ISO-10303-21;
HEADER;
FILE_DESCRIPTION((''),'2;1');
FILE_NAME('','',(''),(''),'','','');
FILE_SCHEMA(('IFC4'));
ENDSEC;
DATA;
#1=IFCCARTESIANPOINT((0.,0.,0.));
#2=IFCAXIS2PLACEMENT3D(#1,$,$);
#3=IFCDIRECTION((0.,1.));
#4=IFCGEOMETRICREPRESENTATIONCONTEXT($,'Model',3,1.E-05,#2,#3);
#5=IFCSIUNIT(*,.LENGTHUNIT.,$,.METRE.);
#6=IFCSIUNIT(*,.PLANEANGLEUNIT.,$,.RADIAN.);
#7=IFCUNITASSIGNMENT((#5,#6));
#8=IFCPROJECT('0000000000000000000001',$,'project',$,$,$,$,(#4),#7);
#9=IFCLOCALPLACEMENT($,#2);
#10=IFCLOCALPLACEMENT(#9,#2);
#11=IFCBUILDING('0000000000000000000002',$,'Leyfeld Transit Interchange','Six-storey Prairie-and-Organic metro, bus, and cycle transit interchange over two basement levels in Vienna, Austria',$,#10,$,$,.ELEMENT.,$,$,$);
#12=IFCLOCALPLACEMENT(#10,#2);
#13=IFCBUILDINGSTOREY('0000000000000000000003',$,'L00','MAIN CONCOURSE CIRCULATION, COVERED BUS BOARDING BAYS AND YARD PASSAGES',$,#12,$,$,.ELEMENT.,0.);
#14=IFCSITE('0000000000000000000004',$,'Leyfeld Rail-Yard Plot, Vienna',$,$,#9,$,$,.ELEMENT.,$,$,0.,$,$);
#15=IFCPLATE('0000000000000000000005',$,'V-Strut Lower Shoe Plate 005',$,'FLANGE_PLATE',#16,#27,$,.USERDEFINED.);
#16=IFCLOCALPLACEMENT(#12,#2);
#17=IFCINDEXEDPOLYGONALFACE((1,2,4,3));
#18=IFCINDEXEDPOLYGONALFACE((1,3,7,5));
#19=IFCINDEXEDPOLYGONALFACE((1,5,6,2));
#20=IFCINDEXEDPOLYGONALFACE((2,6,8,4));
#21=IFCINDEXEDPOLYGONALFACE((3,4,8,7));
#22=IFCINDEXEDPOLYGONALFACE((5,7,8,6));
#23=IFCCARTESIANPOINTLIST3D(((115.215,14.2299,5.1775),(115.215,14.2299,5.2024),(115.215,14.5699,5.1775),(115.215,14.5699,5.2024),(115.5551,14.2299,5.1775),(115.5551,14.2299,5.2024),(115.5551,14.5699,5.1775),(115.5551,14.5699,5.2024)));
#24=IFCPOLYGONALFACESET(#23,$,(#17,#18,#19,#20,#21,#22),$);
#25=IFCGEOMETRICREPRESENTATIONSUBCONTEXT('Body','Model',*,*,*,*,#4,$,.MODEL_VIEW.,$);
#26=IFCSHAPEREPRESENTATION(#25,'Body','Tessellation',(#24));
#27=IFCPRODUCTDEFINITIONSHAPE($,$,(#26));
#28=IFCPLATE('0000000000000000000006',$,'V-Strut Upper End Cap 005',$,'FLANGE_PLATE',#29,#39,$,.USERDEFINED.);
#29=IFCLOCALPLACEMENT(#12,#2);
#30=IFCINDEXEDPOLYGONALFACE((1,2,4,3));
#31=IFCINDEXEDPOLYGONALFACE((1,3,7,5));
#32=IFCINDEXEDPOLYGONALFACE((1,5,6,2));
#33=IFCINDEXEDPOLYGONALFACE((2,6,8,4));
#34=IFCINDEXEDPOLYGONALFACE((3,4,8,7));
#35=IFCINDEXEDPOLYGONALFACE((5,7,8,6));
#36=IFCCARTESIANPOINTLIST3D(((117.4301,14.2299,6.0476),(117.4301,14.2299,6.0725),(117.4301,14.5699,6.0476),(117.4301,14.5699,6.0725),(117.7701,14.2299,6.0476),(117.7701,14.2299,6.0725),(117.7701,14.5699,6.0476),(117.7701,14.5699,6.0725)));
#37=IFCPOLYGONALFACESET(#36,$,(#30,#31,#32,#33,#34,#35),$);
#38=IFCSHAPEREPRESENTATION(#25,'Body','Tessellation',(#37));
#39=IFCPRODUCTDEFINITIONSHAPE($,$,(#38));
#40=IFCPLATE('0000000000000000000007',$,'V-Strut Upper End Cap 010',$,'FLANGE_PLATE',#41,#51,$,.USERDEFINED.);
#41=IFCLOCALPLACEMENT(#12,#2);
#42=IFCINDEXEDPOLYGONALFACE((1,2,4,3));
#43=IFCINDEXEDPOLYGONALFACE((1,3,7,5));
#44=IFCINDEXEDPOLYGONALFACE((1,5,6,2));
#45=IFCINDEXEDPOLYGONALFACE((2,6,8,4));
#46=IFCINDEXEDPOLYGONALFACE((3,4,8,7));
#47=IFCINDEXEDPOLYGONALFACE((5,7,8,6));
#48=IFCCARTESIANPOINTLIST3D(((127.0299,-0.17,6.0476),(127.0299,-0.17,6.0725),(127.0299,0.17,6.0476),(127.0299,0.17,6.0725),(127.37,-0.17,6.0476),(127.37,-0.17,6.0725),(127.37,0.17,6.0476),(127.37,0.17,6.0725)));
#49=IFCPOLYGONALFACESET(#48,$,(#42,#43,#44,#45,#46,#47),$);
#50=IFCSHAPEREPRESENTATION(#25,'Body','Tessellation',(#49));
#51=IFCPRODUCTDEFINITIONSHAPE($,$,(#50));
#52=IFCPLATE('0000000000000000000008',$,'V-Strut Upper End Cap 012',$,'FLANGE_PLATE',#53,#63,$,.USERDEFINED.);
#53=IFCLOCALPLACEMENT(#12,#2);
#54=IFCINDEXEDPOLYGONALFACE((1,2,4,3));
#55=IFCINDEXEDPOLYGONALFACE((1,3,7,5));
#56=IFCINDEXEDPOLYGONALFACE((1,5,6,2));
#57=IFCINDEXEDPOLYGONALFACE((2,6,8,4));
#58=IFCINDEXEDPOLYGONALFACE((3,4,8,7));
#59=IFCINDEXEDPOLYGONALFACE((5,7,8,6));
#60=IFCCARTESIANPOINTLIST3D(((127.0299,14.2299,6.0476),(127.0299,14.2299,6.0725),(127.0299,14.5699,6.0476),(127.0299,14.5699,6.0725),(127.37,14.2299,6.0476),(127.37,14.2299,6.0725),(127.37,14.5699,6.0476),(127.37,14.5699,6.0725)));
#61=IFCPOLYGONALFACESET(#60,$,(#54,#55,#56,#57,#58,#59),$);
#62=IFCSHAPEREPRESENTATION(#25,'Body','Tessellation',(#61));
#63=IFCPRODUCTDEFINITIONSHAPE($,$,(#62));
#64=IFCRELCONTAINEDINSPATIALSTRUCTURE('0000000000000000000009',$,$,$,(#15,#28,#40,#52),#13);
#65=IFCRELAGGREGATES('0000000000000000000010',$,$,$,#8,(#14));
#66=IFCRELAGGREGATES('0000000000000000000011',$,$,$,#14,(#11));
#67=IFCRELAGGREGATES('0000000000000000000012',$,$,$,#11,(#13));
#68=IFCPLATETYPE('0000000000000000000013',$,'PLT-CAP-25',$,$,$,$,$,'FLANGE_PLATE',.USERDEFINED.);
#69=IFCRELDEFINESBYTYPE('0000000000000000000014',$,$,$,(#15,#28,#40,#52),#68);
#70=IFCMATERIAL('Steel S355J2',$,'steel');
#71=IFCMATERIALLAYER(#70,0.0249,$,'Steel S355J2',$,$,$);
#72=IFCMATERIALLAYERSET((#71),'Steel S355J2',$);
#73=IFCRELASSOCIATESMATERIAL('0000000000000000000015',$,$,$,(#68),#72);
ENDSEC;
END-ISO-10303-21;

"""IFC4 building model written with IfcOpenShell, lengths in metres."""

from ifc_helpers import new_model, si_unit, direction, frame, origin, origin_2d, place, context, subcontext, project, spatial, rectangle, extrude, material, layer, layer_set, type_object, element, save


model = new_model("IFC4")

# Units and contexts
model_context = context("Model", 3, precision=1e-05, world=origin(), true_north=direction((0.0, 1.0)))
body_context = subcontext(model_context, "Body", "Model", "MODEL_VIEW")
ifc_project = project(units=[si_unit("LENGTHUNIT", "METRE"), si_unit("PLANEANGLEUNIT", "RADIAN")], contexts=[model_context])

# Site, building, storey
site_placement = place(None, origin())
site = spatial("IfcSite", under=ifc_project, at=site_placement, Name="Leyfeld Rail-Yard Plot, Vienna", CompositionType="ELEMENT", RefElevation=0.0)
building_placement = place(site_placement, origin())
building = spatial("IfcBuilding", under=site, at=building_placement, Name="Leyfeld Transit Interchange", Description="Six-storey Prairie-and-Organic metro, bus, and cycle transit interchange over two basement levels in Vienna, Austria", CompositionType="ELEMENT")
storey_placement = place(building_placement, origin())
storey = spatial("IfcBuildingStorey", under=building, at=storey_placement, Name="L00", Description="MAIN CONCOURSE CIRCULATION, COVERED BUS BOARDING BAYS AND YARD PASSAGES", CompositionType="ELEMENT", Elevation=0.0)

# Shared definitions
ifc_material_1 = material(Name="Steel S355J2", Category="steel")

# Plates
ifc_layer_1 = layer(ifc_material_1, 0.0249, Name="Steel S355J2")
ifc_layer_set_1 = layer_set([ifc_layer_1], Name="Steel S355J2")
plate_type_1 = type_object("IfcPlateType", Name="PLT-CAP-25", ElementType="FLANGE_PLATE", PredefinedType="USERDEFINED", material=ifc_layer_set_1)
for number, where, z_axis, x_axis, name in (
    (1, (115.385, 14.3999, 5.1775), (0.0, 0.0, 1.0), (1.0, 0.0, 0.0), "V-Strut Lower Shoe Plate 005"),
    (2, (117.6001, 14.3999, 6.0476), (0.0, 0.0, 1.0), (1.0, 0.0, 0.0), "V-Strut Upper End Cap 005"),
    (3, (127.2, 0.0, 6.0476), (0.0, 0.0, 1.0), (1.0, 0.0, 0.0), "V-Strut Upper End Cap 010"),
    (4, (127.2, 14.3999, 6.0476), (0.0, 0.0, 1.0), (1.0, 0.0, 0.0), "V-Strut Upper End Cap 012"),
):
    element("IfcPlate", number, at=place(storey_placement, frame(where, z_axis=z_axis, x_axis=x_axis)), inside=storey, type_object=plate_type_1, Name=name, ObjectType="FLANGE_PLATE", PredefinedType="USERDEFINED", context=body_context, shape_type="SweptSolid", body=[
        extrude(rectangle(XDim=0.3401, YDim=0.3401, at=origin_2d()), origin(), (0.0, 0.0, 1.0), 0.0249),
    ])

save(model, "model.ifc")
